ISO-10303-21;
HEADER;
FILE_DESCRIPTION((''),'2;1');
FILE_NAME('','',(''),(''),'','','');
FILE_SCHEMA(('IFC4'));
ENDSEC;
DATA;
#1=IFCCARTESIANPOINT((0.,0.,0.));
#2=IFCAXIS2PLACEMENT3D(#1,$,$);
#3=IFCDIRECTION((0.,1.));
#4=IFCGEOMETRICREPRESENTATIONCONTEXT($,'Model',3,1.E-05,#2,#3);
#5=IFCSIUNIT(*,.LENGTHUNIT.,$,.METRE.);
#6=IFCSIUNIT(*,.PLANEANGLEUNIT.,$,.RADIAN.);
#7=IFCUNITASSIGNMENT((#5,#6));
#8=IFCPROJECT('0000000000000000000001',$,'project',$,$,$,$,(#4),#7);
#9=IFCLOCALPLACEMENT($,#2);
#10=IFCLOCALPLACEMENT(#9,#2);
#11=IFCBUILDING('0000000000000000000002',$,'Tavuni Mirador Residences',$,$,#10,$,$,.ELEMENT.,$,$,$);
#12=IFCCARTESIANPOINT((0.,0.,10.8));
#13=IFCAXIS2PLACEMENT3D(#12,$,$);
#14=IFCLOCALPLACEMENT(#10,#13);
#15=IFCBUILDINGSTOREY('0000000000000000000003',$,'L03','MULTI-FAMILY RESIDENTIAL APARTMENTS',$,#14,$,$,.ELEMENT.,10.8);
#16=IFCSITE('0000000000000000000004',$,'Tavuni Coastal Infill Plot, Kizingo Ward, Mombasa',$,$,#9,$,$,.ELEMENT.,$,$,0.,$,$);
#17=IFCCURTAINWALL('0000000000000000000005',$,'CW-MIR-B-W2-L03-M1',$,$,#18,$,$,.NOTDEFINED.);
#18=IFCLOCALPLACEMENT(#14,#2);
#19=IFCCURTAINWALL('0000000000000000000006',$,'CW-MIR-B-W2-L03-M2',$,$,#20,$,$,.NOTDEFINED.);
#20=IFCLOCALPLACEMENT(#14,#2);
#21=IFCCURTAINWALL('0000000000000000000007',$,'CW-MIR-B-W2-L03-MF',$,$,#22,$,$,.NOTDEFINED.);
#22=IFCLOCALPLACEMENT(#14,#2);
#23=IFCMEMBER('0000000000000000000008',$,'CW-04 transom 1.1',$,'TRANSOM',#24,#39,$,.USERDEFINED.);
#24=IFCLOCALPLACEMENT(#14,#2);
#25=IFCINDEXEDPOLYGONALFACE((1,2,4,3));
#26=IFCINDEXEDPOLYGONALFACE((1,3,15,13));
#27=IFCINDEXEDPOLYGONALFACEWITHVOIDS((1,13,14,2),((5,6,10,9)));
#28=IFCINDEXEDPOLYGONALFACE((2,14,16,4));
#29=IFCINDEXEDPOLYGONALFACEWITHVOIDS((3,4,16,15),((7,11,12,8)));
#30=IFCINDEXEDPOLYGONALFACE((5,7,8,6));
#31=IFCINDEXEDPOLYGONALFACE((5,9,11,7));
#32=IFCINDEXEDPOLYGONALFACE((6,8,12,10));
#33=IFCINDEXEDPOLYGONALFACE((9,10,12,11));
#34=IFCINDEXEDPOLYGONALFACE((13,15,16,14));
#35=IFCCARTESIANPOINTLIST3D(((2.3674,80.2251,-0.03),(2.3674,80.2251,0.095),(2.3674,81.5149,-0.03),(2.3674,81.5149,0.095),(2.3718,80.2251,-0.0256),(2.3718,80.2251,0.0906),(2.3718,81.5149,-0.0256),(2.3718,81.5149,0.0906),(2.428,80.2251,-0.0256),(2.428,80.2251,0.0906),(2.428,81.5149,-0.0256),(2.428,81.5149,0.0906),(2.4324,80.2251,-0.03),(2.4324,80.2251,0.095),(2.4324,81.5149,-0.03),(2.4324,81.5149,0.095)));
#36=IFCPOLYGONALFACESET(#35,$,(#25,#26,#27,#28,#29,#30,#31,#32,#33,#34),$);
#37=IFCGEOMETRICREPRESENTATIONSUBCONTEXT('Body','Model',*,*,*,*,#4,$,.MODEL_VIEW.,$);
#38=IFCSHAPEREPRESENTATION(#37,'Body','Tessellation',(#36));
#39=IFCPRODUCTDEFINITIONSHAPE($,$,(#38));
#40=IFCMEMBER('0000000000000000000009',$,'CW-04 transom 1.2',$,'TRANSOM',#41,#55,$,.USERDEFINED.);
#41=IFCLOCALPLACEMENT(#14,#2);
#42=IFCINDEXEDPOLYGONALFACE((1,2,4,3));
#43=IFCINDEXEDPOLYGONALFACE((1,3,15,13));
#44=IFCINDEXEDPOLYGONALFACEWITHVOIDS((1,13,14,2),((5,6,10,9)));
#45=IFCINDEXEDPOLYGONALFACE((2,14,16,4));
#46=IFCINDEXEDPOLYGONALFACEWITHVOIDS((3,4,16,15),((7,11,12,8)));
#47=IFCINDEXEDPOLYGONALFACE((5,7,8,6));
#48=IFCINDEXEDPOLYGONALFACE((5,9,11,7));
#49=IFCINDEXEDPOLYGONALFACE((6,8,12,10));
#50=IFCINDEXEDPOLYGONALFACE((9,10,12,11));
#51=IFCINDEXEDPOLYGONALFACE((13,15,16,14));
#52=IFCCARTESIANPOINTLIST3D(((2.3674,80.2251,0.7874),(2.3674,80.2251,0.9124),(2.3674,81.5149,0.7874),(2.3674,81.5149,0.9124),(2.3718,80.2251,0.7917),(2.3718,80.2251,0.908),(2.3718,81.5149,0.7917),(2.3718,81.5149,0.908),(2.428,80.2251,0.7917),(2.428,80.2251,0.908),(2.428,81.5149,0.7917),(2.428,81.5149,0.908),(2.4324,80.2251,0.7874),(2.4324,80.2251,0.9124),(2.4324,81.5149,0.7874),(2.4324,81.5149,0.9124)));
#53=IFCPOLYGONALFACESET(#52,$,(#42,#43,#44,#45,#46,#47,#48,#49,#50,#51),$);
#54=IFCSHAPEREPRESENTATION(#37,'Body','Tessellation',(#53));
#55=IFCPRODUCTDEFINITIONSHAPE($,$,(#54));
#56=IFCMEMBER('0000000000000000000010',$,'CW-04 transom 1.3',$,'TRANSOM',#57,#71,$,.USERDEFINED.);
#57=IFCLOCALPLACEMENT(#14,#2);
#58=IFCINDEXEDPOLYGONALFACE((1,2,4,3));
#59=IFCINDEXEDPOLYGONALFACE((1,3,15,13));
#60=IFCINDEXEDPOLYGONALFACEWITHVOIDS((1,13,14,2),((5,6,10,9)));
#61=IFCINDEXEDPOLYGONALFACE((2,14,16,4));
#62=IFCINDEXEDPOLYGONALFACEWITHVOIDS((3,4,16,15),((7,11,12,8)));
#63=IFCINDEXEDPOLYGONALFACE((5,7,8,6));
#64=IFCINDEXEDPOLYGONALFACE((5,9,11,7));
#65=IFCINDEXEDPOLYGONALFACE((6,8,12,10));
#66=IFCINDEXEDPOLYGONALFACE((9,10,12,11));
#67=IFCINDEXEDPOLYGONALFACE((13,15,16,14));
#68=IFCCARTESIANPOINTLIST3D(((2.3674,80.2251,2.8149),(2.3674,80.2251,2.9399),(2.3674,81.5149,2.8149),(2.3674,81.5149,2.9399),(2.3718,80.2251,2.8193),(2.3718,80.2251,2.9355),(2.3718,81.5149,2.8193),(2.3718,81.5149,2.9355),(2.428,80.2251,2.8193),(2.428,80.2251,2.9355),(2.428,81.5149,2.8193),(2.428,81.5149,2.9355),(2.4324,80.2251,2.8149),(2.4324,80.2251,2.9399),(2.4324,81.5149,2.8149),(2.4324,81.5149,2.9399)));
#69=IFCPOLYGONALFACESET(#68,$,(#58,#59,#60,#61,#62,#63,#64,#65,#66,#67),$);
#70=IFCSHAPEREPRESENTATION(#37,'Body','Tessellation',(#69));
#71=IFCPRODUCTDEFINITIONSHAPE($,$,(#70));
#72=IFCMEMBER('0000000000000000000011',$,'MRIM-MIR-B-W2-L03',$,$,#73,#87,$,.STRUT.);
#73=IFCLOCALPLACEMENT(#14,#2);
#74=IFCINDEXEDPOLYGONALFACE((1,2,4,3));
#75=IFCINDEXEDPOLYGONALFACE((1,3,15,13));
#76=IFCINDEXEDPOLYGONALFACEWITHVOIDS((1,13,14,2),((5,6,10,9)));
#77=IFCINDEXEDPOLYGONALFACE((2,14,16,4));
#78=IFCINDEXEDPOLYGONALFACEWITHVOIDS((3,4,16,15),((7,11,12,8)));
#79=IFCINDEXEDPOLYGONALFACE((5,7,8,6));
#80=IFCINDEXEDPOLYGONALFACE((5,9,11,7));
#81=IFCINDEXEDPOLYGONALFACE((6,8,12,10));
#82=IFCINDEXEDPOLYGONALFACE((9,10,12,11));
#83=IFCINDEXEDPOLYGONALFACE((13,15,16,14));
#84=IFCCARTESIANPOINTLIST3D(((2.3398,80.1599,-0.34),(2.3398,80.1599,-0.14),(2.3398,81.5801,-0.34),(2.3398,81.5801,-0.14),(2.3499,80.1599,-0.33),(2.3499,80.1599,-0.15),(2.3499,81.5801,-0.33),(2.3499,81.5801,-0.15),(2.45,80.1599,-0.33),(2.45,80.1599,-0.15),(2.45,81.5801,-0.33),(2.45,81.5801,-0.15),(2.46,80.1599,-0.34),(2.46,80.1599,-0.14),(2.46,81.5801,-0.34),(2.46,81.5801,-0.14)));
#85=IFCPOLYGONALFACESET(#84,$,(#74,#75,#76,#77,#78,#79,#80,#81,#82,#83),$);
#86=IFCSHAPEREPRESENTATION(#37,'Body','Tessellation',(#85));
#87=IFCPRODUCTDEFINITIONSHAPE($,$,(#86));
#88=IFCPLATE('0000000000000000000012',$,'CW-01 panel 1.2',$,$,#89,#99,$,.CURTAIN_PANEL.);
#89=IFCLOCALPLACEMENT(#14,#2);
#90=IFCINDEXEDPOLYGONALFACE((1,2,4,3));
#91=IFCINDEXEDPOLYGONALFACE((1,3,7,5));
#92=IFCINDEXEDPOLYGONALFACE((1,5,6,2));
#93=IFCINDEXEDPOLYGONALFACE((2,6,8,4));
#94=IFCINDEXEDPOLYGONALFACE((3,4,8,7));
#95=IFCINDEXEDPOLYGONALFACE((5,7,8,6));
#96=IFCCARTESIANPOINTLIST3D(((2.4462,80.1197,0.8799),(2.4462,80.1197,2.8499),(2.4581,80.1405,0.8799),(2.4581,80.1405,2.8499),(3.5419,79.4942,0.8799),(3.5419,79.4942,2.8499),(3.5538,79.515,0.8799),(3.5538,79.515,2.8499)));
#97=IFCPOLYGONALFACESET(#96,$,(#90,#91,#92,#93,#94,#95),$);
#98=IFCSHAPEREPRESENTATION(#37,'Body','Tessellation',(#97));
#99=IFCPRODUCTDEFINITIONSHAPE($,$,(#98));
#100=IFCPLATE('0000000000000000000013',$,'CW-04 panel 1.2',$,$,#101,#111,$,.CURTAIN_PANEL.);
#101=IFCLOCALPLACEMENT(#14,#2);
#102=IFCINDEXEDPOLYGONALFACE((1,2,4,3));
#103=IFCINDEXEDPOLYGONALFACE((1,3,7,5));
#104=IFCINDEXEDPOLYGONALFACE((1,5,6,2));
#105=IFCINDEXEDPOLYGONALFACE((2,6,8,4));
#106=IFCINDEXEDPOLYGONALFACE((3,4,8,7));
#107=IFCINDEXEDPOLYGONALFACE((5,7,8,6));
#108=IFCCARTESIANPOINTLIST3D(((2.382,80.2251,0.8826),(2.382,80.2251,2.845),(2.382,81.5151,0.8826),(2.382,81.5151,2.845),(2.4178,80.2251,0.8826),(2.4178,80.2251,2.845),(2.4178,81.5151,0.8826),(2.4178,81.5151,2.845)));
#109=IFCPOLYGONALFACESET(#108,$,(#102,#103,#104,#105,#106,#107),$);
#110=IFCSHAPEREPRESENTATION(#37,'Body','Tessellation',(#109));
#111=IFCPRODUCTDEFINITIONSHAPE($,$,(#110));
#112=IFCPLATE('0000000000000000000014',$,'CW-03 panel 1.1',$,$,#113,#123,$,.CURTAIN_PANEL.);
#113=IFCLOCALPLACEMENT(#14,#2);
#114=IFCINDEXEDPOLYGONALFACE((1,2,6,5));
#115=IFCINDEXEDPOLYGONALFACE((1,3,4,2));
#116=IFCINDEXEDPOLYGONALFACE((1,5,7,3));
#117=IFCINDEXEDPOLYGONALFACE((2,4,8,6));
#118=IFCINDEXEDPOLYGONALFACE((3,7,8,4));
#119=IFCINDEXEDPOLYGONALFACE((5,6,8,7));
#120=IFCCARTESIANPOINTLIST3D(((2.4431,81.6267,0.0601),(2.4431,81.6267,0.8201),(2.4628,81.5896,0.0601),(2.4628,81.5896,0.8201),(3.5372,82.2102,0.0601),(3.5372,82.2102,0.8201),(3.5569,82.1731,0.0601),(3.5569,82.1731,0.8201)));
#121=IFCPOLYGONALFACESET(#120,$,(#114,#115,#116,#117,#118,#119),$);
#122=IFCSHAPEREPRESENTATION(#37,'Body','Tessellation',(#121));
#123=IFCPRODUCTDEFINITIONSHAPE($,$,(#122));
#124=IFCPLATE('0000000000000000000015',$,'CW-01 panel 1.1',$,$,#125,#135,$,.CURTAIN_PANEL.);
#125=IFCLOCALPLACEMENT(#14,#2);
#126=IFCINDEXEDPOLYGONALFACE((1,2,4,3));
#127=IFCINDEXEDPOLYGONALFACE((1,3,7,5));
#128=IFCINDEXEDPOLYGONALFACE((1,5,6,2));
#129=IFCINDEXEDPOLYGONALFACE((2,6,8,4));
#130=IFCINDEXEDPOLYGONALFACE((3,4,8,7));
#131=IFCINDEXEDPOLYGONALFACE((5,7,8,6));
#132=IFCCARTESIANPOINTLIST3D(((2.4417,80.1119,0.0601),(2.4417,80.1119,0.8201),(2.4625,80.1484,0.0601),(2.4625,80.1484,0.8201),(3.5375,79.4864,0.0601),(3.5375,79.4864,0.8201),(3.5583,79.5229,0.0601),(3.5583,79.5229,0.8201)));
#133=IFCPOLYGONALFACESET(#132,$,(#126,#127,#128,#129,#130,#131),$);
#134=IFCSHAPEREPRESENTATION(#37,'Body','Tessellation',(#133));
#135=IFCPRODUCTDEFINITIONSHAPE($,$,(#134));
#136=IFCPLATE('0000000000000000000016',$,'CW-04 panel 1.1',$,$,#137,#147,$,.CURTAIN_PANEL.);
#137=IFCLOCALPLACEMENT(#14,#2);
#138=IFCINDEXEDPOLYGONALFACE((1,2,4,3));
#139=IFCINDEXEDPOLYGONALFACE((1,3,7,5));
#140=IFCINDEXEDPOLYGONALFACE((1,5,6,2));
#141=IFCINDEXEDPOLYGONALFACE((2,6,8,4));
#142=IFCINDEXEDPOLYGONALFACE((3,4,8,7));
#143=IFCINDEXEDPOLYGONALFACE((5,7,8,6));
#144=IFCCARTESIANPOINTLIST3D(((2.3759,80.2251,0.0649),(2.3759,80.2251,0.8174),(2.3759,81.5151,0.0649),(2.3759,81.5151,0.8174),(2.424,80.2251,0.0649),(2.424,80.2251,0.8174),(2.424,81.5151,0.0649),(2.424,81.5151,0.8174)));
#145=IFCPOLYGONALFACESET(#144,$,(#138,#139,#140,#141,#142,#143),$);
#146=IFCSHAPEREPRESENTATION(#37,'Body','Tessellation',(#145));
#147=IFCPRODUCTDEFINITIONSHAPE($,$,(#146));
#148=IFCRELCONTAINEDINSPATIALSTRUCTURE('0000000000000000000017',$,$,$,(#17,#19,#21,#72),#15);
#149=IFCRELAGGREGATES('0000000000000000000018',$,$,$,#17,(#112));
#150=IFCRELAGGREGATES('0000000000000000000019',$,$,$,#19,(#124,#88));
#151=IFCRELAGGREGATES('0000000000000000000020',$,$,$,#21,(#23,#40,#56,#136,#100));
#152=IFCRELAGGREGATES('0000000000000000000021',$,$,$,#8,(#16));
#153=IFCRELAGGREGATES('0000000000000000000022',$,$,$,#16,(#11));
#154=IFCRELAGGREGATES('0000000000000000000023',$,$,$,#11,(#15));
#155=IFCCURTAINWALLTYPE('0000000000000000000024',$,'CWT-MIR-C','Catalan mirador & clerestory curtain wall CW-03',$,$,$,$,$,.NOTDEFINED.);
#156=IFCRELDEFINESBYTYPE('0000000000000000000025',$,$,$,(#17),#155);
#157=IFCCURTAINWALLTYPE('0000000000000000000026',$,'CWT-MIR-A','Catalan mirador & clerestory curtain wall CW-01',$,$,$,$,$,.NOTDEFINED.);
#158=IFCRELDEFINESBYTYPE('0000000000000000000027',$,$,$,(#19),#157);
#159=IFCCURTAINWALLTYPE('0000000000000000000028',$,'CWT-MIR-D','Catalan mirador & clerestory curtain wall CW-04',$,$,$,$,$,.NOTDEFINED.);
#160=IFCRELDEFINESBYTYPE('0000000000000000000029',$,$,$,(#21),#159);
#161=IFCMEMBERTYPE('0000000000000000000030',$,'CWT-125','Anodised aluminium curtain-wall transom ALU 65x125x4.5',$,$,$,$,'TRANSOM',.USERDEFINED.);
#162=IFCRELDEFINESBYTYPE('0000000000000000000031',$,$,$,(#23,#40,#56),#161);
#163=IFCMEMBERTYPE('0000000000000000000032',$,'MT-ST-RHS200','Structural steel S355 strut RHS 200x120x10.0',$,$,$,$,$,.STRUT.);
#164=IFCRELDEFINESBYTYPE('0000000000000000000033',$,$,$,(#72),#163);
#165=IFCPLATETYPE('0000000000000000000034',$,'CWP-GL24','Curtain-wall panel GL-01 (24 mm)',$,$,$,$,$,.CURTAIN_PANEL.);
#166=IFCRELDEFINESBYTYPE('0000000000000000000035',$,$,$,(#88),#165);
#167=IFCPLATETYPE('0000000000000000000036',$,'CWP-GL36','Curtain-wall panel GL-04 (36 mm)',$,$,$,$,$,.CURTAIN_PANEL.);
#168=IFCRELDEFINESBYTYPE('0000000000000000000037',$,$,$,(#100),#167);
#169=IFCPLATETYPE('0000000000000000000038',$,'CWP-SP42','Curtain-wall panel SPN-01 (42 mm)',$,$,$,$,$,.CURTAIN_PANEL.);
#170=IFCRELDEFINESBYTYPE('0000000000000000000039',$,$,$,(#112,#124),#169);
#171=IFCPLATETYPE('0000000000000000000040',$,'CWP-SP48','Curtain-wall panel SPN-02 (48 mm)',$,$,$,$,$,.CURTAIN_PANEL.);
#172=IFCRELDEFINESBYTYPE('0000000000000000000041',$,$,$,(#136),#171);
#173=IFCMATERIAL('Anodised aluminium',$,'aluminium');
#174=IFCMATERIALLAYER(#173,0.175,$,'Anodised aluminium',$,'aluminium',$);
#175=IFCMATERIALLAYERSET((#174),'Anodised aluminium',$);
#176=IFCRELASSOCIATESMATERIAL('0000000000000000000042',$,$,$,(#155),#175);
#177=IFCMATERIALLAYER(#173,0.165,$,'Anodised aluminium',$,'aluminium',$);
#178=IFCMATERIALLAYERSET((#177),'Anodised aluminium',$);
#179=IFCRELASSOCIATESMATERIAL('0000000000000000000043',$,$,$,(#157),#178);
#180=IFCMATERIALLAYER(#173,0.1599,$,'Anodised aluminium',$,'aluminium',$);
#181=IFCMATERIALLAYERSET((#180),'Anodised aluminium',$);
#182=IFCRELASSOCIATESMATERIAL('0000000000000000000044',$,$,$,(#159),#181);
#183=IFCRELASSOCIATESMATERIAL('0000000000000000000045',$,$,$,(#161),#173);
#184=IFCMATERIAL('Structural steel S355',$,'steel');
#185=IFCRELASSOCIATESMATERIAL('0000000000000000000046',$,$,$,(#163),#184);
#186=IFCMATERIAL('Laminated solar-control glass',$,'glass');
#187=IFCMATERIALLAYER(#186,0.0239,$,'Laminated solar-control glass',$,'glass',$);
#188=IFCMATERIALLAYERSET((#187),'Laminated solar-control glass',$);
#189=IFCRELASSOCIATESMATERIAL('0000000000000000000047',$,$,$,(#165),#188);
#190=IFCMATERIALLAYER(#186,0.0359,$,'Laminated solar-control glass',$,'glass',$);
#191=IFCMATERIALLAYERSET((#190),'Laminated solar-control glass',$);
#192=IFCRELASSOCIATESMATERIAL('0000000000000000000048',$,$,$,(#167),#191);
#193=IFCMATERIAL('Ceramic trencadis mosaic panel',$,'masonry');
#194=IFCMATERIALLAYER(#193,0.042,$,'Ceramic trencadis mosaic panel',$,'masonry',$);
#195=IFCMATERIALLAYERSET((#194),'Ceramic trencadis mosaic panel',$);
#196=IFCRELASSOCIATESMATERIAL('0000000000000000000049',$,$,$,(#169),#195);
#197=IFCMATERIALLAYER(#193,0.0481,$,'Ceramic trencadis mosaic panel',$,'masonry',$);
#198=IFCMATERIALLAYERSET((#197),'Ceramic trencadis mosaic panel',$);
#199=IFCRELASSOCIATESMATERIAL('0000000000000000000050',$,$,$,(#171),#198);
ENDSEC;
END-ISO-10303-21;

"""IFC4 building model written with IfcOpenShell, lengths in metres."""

from ifc_helpers import new_model, si_unit, direction, frame, origin, origin_2d, place, context, subcontext, project, spatial, rectangle, hollow_rectangle, extrude, material, layer, layer_set, material_profile, profile_set, type_object, element, aggregate, save


model = new_model("IFC4")

# Units and contexts
model_context = context("Model", 3, precision=1e-05, world=origin(), true_north=direction((0.0, 1.0)))
body_context = subcontext(model_context, "Body", "Model", "MODEL_VIEW")
ifc_project = project(units=[si_unit("LENGTHUNIT", "METRE"), si_unit("PLANEANGLEUNIT", "RADIAN")], contexts=[model_context])

# Site, building, storey
site_placement = place(None, origin())
site = spatial("IfcSite", under=ifc_project, at=site_placement, Name="Tavuni Coastal Infill Plot, Kizingo Ward, Mombasa", CompositionType="ELEMENT", RefElevation=0.0)
building_placement = place(site_placement, origin())
building = spatial("IfcBuilding", under=site, at=building_placement, Name="Tavuni Mirador Residences", CompositionType="ELEMENT")
storey_placement = place(building_placement, frame((0.0, 0.0, 10.8)))
storey = spatial("IfcBuildingStorey", under=building, at=storey_placement, Name="L03", Description="MULTI-FAMILY RESIDENTIAL APARTMENTS", CompositionType="ELEMENT", Elevation=10.8)

# Curtain wall
ifc_material_1 = material(Name="Anodised aluminium", Category="aluminium")
ifc_layer_1 = layer(ifc_material_1, 0.175, Name="Anodised aluminium", Category="aluminium")
ifc_layer_set_1 = layer_set([ifc_layer_1], Name="Anodised aluminium")
curtain_wall_type_1 = type_object("IfcCurtainWallType", Name="CWT-MIR-C", Description="Catalan mirador & clerestory curtain wall CW-03", PredefinedType="NOTDEFINED", material=ifc_layer_set_1)
curtain_wall_1_placement = place(storey_placement, origin())
curtain_wall_1 = element("IfcCurtainWall", 1, at=curtain_wall_1_placement, inside=storey, type_object=curtain_wall_type_1, Name="CW-MIR-B-W2-L03-M1", PredefinedType="NOTDEFINED")

# Curtain walls
ifc_layer_2 = layer(ifc_material_1, 0.165, Name="Anodised aluminium", Category="aluminium")
ifc_layer_set_2 = layer_set([ifc_layer_2], Name="Anodised aluminium")
curtain_wall_type_2 = type_object("IfcCurtainWallType", Name="CWT-MIR-A", Description="Catalan mirador & clerestory curtain wall CW-01", PredefinedType="NOTDEFINED", material=ifc_layer_set_2)
curtain_wall_2_placement = place(storey_placement, origin())
curtain_wall_2 = element("IfcCurtainWall", 2, at=curtain_wall_2_placement, inside=storey, type_object=curtain_wall_type_2, Name="CW-MIR-B-W2-L03-M2", PredefinedType="NOTDEFINED")
ifc_layer_3 = layer(ifc_material_1, 0.1599, Name="Anodised aluminium", Category="aluminium")
ifc_layer_set_3 = layer_set([ifc_layer_3], Name="Anodised aluminium")
curtain_wall_type_3 = type_object("IfcCurtainWallType", Name="CWT-MIR-D", Description="Catalan mirador & clerestory curtain wall CW-04", PredefinedType="NOTDEFINED", material=ifc_layer_set_3)
curtain_wall_3_placement = place(storey_placement, origin())
curtain_wall_3 = element("IfcCurtainWall", 3, at=curtain_wall_3_placement, inside=storey, type_object=curtain_wall_type_3, Name="CW-MIR-B-W2-L03-MF", PredefinedType="NOTDEFINED")

# Members
ifc_material_profile_1 = material_profile(ifc_material_1, hollow_rectangle(XDim=0.0649, YDim=0.125, WallThickness=0.0044, at=origin_2d()), Name="ALU 65x125x4.5", Category="aluminium")
ifc_profile_set_1 = profile_set([ifc_material_profile_1], Name="Anodised aluminium")
member_type_1 = type_object("IfcMemberType", Name="CWT-125", Description="Anodised aluminium curtain-wall transom ALU 65x125x4.5", ElementType="TRANSOM", PredefinedType="USERDEFINED", material=ifc_profile_set_1)
member_1_placement = place(storey_placement, frame((2.3999, 81.5149, 0.0325), z_axis=(0.0, -1.0, 0.0), x_axis=(1.0, 0.0, 0.0)))
member_1 = element("IfcMember", 4, at=member_1_placement, type_object=member_type_1, Name="CW-04 transom 1.1", ObjectType="TRANSOM", PredefinedType="USERDEFINED", context=body_context, shape_type="SweptSolid", body=[
    extrude(hollow_rectangle(XDim=0.0649, YDim=0.125, WallThickness=0.0044, at=origin_2d()), origin(), (0.0, 0.0, 1.0), 1.2898),
])
member_2_placement = place(storey_placement, frame((2.3999, 81.5149, 0.8499), z_axis=(0.0, -1.0, 0.0), x_axis=(1.0, 0.0, 0.0)))
member_2 = element("IfcMember", 5, at=member_2_placement, type_object=member_type_1, Name="CW-04 transom 1.2", ObjectType="TRANSOM", PredefinedType="USERDEFINED", context=body_context, shape_type="SweptSolid", body=[
    extrude(hollow_rectangle(XDim=0.0649, YDim=0.125, WallThickness=0.0044, at=origin_2d()), origin(), (0.0, 0.0, 1.0), 1.2898),
])
member_3_placement = place(storey_placement, frame((2.3999, 81.5149, 2.8774), z_axis=(0.0, -1.0, 0.0), x_axis=(1.0, 0.0, 0.0)))
member_3 = element("IfcMember", 6, at=member_3_placement, type_object=member_type_1, Name="CW-04 transom 1.3", ObjectType="TRANSOM", PredefinedType="USERDEFINED", context=body_context, shape_type="SweptSolid", body=[
    extrude(hollow_rectangle(XDim=0.0649, YDim=0.125, WallThickness=0.0044, at=origin_2d()), origin(), (0.0, 0.0, 1.0), 1.2898),
])
ifc_material_2 = material(Name="Structural steel S355", Category="steel")
ifc_material_profile_2 = material_profile(ifc_material_2, hollow_rectangle(XDim=0.1201, YDim=0.2, WallThickness=0.01, at=origin_2d()), Name="RHS 200x120x10.0", Category="steel")
ifc_profile_set_2 = profile_set([ifc_material_profile_2], Name="Structural steel S355")
member_type_2 = type_object("IfcMemberType", Name="MT-ST-RHS200", Description="Structural steel S355 strut RHS 200x120x10.0", PredefinedType="STRUT", material=ifc_profile_set_2)
member_4_placement = place(storey_placement, frame((2.3999, 80.1599, -0.24), z_axis=(0.0, 1.0, 0.0), x_axis=(-1.0, 0.0, 0.0)))
element("IfcMember", 7, at=member_4_placement, inside=storey, type_object=member_type_2, Name="MRIM-MIR-B-W2-L03", PredefinedType="STRUT", context=body_context, shape_type="SweptSolid", body=[
    extrude(hollow_rectangle(XDim=0.1201, YDim=0.2, WallThickness=0.01, at=origin_2d()), origin(), (0.0, 0.0, 1.0), 1.4202),
])

# Plates
ifc_material_3 = material(Name="Laminated solar-control glass", Category="glass")
ifc_layer_4 = layer(ifc_material_3, 0.0239, Name="Laminated solar-control glass", Category="glass")
ifc_layer_set_4 = layer_set([ifc_layer_4], Name="Laminated solar-control glass")
plate_type_1 = type_object("IfcPlateType", Name="CWP-GL24", Description="Curtain-wall panel GL-01 (24 mm)", PredefinedType="CURTAIN_PANEL", material=ifc_layer_set_4)
plate_1_placement = place(storey_placement, frame((3.0, 79.8174, 0.8799), z_axis=(0.0, 0.0, 1.0), x_axis=(0.868466, -0.495749, 0.0)))
plate_1 = element("IfcPlate", 8, at=plate_1_placement, type_object=plate_type_1, Name="CW-01 panel 1.2", PredefinedType="CURTAIN_PANEL", context=body_context, shape_type="SweptSolid", body=[
    extrude(rectangle(XDim=1.2617, YDim=0.0239, at=origin_2d()), origin(), (0.0, 0.0, 1.0), 1.97),
])
ifc_layer_5 = layer(ifc_material_3, 0.0359, Name="Laminated solar-control glass", Category="glass")
ifc_layer_set_5 = layer_set([ifc_layer_5], Name="Laminated solar-control glass")
plate_type_2 = type_object("IfcPlateType", Name="CWP-GL36", Description="Curtain-wall panel GL-04 (36 mm)", PredefinedType="CURTAIN_PANEL", material=ifc_layer_set_5)
plate_2_placement = place(storey_placement, frame((2.3999, 80.8701, 0.8826), z_axis=(0.0, 0.0, 1.0), x_axis=(0.0, -1.0, 0.0)))
plate_2 = element("IfcPlate", 9, at=plate_2_placement, type_object=plate_type_2, Name="CW-04 panel 1.2", PredefinedType="CURTAIN_PANEL", context=body_context, shape_type="SweptSolid", body=[
    extrude(rectangle(XDim=1.29, YDim=0.0359, at=origin_2d()), origin(), (0.0, 0.0, 1.0), 1.9624),
])
ifc_material_4 = material(Name="Ceramic trencadis mosaic panel", Category="masonry")
ifc_layer_6 = layer(ifc_material_4, 0.042, Name="Ceramic trencadis mosaic panel", Category="masonry")
ifc_layer_set_6 = layer_set([ifc_layer_6], Name="Ceramic trencadis mosaic panel")
plate_type_3 = type_object("IfcPlateType", Name="CWP-SP42", Description="Curtain-wall panel SPN-01 (42 mm)", PredefinedType="CURTAIN_PANEL", material=ifc_layer_set_6)
plate_3_placement = place(storey_placement, frame((3.0, 81.8999, 0.0601), z_axis=(0.0, 0.0, 1.0), x_axis=(-0.882353, -0.470588, 0.0)))
plate_3 = element("IfcPlate", 10, at=plate_3_placement, type_object=plate_type_3, Name="CW-03 panel 1.1", PredefinedType="CURTAIN_PANEL", context=body_context, shape_type="SweptSolid", body=[
    extrude(rectangle(XDim=1.24, YDim=0.042, at=origin_2d()), origin(), (0.0, 0.0, 1.0), 0.76),
])
aggregate(curtain_wall_1, [plate_3])
plate_4_placement = place(storey_placement, frame((3.0, 79.8174, 0.0601), z_axis=(0.0, 0.0, 1.0), x_axis=(0.868466, -0.495749, 0.0)))
plate_4 = element("IfcPlate", 11, at=plate_4_placement, type_object=plate_type_3, Name="CW-01 panel 1.1", PredefinedType="CURTAIN_PANEL", context=body_context, shape_type="SweptSolid", body=[
    extrude(rectangle(XDim=1.2617, YDim=0.042, at=origin_2d()), origin(), (0.0, 0.0, 1.0), 0.76),
])
aggregate(curtain_wall_2, [plate_4, plate_1])
ifc_layer_7 = layer(ifc_material_4, 0.0481, Name="Ceramic trencadis mosaic panel", Category="masonry")
ifc_layer_set_7 = layer_set([ifc_layer_7], Name="Ceramic trencadis mosaic panel")
plate_type_4 = type_object("IfcPlateType", Name="CWP-SP48", Description="Curtain-wall panel SPN-02 (48 mm)", PredefinedType="CURTAIN_PANEL", material=ifc_layer_set_7)
plate_5_placement = place(storey_placement, frame((2.3999, 80.8701, 0.0649), z_axis=(0.0, 0.0, 1.0), x_axis=(0.0, -1.0, 0.0)))
plate_5 = element("IfcPlate", 12, at=plate_5_placement, type_object=plate_type_4, Name="CW-04 panel 1.1", PredefinedType="CURTAIN_PANEL", context=body_context, shape_type="SweptSolid", body=[
    extrude(rectangle(XDim=1.29, YDim=0.0481, at=origin_2d()), origin(), (0.0, 0.0, 1.0), 0.7524),
])
aggregate(curtain_wall_3, [member_1, member_2, member_3, plate_5, plate_2])

save(model, "model.ifc")
